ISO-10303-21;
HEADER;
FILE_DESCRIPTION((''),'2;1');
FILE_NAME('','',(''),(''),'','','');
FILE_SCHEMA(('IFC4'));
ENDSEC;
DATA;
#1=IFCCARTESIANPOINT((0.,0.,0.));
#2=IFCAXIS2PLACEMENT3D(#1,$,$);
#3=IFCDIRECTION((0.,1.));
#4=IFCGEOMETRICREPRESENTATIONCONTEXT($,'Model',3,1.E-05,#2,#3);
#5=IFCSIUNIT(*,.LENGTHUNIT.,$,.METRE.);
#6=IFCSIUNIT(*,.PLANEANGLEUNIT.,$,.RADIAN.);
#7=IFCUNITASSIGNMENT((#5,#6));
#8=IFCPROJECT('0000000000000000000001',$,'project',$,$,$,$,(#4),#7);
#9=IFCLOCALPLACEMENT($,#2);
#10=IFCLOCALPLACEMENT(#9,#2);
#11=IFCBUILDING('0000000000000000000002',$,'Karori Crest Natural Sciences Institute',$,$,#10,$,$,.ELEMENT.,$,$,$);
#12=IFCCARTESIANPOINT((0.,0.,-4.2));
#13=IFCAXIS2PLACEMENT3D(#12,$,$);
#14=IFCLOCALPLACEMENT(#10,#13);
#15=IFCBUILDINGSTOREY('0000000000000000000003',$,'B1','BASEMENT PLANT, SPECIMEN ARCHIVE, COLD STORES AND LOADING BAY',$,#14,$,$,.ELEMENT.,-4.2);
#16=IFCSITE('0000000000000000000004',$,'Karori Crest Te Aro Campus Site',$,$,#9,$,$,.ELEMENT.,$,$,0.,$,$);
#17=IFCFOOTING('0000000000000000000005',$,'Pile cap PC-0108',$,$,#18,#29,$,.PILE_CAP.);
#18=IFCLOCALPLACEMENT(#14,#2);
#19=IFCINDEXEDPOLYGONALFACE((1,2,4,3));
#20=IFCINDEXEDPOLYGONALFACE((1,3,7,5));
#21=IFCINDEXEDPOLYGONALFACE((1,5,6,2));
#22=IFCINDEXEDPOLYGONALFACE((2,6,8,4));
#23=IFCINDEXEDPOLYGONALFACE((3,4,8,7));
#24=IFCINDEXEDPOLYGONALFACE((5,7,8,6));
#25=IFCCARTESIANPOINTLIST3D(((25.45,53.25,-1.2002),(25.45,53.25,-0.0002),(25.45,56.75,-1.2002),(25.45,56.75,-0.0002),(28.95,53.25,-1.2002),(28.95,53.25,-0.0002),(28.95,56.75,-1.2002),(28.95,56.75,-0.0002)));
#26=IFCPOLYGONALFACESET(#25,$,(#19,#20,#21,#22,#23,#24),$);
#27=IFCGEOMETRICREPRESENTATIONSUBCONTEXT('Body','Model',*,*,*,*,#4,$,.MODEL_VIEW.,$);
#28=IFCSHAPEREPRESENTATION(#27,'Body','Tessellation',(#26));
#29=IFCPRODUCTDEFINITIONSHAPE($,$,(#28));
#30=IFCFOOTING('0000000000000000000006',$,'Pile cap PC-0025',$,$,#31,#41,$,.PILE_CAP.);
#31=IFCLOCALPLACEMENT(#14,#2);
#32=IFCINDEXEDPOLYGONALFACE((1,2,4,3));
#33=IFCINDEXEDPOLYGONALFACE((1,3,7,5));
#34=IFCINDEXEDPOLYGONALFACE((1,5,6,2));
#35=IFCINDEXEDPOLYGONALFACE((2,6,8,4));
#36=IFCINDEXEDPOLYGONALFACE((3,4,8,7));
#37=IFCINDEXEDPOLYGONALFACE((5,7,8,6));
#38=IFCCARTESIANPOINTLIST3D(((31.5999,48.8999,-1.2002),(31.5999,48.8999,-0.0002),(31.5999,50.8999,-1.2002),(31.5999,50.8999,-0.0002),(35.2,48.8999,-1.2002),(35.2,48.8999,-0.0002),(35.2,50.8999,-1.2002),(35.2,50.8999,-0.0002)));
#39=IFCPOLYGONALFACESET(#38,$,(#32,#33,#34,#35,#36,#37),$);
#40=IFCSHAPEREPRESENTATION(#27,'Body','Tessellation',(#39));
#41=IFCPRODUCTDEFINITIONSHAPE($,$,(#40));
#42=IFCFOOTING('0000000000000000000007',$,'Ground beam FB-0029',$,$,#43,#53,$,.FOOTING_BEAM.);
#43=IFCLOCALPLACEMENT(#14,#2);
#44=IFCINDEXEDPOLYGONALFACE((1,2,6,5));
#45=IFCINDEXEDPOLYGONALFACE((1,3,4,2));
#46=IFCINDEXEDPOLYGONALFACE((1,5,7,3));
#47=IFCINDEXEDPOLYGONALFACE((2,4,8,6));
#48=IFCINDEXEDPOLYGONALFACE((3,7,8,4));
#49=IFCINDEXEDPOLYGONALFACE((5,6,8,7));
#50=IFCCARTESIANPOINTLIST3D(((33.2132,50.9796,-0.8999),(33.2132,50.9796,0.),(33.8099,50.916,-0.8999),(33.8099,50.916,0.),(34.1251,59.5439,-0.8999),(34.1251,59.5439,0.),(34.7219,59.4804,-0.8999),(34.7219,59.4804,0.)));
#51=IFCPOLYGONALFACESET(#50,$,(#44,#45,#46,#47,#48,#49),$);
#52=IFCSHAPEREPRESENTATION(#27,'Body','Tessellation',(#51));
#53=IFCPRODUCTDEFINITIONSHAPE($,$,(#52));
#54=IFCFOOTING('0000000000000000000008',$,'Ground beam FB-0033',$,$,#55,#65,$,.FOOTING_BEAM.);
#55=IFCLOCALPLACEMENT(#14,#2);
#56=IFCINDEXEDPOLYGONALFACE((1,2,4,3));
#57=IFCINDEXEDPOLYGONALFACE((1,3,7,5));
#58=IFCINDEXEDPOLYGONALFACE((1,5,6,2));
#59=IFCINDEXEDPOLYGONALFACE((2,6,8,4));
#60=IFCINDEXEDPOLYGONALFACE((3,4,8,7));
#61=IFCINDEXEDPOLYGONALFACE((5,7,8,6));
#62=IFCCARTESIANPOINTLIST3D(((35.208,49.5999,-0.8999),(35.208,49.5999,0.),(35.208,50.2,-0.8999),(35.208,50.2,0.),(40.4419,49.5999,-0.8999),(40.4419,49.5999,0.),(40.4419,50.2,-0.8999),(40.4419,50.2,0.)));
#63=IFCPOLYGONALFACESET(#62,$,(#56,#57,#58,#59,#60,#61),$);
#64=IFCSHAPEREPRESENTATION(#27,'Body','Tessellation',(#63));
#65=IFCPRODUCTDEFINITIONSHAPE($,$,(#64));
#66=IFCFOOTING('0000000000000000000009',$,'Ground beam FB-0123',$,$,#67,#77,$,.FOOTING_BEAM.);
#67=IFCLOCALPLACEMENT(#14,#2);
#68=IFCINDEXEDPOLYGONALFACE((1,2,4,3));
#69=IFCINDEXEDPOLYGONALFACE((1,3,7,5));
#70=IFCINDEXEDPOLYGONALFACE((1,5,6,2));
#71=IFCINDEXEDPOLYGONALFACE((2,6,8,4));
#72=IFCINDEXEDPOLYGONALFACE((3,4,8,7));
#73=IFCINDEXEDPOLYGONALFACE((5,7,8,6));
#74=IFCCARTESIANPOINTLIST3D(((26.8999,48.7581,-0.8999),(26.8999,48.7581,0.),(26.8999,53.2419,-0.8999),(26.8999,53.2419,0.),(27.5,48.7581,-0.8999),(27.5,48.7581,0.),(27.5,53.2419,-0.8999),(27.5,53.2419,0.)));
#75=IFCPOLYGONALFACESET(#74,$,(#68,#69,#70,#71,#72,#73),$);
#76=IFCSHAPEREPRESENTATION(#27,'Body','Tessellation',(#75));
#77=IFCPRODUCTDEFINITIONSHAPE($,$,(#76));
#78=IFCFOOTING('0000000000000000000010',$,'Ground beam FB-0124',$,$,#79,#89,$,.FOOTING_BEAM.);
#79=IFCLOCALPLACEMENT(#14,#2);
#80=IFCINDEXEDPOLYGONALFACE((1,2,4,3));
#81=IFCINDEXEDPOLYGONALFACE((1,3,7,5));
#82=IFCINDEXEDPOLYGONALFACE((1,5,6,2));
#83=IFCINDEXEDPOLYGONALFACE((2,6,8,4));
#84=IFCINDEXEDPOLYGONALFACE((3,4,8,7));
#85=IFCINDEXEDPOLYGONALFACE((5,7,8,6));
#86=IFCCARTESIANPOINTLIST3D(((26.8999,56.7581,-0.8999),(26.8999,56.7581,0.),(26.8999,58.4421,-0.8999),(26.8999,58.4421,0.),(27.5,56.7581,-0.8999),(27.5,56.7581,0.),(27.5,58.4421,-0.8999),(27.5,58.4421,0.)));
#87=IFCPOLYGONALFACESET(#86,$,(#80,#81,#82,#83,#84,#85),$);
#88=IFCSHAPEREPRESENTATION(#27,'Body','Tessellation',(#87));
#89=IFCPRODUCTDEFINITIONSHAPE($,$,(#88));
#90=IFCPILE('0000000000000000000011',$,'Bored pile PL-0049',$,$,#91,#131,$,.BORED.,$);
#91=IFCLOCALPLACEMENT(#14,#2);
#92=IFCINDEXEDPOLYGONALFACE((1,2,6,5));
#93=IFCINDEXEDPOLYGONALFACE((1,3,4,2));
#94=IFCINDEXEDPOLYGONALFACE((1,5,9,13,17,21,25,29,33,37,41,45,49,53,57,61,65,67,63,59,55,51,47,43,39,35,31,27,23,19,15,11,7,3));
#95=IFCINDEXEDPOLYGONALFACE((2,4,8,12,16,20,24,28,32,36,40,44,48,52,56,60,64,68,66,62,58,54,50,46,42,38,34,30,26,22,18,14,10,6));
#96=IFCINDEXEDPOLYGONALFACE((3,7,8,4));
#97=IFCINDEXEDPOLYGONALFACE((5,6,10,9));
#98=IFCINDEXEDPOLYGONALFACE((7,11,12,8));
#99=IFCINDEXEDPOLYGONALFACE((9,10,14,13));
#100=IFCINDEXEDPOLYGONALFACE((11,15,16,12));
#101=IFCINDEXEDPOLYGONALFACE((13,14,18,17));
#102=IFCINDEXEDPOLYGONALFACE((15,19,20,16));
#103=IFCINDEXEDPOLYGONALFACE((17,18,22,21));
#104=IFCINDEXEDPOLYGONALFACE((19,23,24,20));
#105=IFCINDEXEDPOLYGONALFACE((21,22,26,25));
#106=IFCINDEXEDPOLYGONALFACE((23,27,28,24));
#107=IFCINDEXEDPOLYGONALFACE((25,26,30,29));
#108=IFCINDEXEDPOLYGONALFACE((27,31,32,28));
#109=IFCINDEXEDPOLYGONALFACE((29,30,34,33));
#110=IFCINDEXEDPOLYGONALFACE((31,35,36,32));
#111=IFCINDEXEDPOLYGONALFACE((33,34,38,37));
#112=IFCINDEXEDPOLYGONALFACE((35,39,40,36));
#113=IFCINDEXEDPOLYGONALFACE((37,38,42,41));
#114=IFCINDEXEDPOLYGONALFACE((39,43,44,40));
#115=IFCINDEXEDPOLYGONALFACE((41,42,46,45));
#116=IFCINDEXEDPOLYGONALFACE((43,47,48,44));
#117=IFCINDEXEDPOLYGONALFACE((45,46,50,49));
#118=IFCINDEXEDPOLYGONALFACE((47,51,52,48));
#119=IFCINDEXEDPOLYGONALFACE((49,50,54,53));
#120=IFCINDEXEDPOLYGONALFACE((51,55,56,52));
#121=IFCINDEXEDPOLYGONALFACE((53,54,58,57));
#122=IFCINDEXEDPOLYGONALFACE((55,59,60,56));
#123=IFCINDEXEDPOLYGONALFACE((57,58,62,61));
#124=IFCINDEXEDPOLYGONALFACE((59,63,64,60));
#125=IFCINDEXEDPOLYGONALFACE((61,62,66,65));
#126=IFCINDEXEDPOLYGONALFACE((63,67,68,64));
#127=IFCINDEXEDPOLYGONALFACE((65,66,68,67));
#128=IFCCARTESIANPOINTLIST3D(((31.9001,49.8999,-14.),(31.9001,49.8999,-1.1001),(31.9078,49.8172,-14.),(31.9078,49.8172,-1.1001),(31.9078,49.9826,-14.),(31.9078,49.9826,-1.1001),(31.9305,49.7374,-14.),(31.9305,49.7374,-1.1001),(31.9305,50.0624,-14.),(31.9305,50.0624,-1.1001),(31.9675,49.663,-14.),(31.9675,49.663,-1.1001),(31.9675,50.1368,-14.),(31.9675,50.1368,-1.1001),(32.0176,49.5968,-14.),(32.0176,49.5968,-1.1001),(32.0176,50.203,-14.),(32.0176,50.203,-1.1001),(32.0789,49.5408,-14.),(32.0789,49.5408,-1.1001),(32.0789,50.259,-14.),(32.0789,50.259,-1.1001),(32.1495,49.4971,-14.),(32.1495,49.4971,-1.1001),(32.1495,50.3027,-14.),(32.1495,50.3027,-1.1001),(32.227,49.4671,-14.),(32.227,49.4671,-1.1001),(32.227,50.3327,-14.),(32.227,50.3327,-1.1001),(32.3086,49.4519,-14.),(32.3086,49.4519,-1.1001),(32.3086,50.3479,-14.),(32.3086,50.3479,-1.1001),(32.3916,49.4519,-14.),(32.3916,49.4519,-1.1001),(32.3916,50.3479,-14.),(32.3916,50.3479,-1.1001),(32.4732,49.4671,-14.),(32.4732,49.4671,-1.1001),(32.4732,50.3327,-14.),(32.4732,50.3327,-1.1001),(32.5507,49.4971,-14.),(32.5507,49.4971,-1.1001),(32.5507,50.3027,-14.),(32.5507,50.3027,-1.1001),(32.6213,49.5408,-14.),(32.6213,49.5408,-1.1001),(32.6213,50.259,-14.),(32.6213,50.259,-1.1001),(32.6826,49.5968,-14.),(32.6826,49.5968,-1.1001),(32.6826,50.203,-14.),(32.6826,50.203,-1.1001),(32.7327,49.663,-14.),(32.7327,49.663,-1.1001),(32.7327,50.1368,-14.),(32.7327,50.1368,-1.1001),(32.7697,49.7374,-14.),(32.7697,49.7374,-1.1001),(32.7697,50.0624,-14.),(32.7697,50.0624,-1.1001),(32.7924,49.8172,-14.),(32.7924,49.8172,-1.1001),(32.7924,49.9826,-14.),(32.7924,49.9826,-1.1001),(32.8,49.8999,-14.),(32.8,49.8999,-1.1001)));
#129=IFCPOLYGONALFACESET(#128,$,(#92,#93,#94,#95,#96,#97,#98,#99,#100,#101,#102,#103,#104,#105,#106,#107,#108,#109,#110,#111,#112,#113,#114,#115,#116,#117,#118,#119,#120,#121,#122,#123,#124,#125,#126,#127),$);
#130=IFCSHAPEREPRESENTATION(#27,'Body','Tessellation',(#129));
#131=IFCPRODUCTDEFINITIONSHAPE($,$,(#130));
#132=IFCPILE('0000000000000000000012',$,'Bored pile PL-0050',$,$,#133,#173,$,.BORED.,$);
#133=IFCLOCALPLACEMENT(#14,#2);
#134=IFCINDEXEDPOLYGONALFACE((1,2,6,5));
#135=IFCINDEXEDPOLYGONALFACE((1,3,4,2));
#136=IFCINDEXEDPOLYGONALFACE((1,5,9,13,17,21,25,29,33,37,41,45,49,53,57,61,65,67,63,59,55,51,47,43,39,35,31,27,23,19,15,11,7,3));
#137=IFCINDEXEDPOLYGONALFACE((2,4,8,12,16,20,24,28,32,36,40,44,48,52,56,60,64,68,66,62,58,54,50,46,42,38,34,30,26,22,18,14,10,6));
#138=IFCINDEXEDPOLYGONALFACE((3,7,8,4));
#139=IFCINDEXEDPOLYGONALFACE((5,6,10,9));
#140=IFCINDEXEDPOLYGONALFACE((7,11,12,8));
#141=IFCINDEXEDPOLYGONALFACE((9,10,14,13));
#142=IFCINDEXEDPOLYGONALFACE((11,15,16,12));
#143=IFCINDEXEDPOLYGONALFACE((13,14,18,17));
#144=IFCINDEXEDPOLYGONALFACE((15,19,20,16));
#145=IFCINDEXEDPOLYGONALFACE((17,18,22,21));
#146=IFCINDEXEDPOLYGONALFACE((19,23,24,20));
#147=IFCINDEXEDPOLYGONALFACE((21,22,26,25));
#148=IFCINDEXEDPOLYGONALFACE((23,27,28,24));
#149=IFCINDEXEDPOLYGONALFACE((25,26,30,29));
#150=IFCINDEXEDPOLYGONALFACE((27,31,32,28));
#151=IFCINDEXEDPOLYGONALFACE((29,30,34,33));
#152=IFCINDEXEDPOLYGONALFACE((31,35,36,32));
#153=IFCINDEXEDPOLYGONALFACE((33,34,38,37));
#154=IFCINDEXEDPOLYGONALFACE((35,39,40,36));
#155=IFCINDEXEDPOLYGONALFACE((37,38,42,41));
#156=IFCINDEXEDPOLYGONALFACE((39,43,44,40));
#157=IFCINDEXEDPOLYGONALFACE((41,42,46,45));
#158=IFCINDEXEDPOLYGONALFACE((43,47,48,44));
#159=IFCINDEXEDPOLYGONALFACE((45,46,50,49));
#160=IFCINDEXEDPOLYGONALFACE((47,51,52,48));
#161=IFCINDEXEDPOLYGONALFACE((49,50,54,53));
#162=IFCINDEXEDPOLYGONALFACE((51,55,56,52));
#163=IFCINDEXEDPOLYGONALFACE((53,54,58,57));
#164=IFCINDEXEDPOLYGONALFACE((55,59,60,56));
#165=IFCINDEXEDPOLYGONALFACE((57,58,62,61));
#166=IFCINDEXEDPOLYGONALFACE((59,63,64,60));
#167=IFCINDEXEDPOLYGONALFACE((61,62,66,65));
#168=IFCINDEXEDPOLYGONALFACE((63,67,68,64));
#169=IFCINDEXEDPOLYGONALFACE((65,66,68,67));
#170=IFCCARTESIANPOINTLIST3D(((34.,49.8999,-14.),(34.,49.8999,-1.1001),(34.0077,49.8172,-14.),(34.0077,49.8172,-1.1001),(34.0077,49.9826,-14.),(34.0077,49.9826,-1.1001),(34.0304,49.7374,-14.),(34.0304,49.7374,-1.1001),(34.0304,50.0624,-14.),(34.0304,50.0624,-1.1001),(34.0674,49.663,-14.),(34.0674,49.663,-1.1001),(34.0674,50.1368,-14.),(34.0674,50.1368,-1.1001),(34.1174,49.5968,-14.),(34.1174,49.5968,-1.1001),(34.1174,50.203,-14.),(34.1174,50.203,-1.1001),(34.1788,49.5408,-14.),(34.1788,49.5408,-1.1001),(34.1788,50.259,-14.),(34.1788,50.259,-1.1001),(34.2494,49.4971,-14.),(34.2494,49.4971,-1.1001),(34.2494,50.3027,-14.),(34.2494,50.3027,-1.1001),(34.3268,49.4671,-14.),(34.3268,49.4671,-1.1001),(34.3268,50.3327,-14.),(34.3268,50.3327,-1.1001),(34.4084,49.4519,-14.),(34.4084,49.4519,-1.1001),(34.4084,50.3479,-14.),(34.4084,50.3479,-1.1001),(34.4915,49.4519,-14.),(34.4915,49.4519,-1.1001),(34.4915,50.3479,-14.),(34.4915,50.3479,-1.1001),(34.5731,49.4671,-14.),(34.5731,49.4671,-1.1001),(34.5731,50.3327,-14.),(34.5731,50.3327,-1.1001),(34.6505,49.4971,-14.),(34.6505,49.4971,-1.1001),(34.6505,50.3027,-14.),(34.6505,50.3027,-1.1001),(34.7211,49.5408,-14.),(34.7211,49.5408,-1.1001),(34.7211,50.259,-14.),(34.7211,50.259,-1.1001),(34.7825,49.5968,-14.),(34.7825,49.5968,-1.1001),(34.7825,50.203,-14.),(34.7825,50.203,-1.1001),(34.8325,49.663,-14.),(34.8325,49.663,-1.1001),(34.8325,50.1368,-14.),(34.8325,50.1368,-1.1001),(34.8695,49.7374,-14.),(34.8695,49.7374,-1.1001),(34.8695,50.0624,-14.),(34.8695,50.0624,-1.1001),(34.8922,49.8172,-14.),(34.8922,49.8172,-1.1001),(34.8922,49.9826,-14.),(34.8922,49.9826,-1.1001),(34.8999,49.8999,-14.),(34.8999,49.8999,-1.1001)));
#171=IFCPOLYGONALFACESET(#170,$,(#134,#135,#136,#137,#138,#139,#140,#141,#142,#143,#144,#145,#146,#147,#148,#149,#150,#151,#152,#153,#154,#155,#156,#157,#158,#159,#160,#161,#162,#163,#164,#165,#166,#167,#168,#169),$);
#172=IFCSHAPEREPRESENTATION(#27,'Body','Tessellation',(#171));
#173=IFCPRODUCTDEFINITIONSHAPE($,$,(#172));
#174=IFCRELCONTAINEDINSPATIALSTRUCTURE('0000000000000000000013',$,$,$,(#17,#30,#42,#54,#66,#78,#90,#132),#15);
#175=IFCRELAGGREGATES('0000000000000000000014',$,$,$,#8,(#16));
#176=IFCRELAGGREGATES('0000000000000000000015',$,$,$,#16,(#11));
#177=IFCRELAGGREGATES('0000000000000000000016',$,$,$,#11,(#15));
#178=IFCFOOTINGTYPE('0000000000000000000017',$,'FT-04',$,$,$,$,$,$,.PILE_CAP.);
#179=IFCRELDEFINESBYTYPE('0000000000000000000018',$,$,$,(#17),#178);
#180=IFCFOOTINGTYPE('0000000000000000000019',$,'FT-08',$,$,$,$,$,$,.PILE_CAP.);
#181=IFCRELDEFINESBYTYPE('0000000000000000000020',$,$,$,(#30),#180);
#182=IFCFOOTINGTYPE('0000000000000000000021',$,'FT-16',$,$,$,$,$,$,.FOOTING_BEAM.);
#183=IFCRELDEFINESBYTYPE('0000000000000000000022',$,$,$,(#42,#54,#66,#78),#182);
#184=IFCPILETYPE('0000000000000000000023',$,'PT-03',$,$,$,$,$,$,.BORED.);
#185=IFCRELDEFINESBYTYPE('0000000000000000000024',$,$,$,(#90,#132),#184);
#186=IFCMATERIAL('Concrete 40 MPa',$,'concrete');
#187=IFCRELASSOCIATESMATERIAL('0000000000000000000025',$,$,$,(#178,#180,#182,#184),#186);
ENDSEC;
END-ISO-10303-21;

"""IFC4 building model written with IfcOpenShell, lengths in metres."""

from ifc_helpers import new_model, si_unit, direction, frame, origin, origin_2d, place, context, subcontext, project, spatial, rectangle, circle, extrude, material, material_profile, profile_set, type_object, element, save


model = new_model("IFC4")

# Units and contexts
model_context = context("Model", 3, precision=1e-05, world=origin(), true_north=direction((0.0, 1.0)))
body_context = subcontext(model_context, "Body", "Model", "MODEL_VIEW")
ifc_project = project(units=[si_unit("LENGTHUNIT", "METRE"), si_unit("PLANEANGLEUNIT", "RADIAN")], contexts=[model_context])

# Site, building, storey
site_placement = place(None, origin())
site = spatial("IfcSite", under=ifc_project, at=site_placement, Name="Karori Crest Te Aro Campus Site", CompositionType="ELEMENT", RefElevation=0.0)
building_placement = place(site_placement, origin())
building = spatial("IfcBuilding", under=site, at=building_placement, Name="Karori Crest Natural Sciences Institute", CompositionType="ELEMENT")
storey_placement = place(building_placement, frame((0.0, 0.0, -4.2)))
storey = spatial("IfcBuildingStorey", under=building, at=storey_placement, Name="B1", Description="BASEMENT PLANT, SPECIMEN ARCHIVE, COLD STORES AND LOADING BAY", CompositionType="ELEMENT", Elevation=-4.2)

# Footings
ifc_material_1 = material(Name="Concrete 40 MPa", Category="concrete")
footing_type_1 = type_object("IfcFootingType", Name="FT-04", PredefinedType="PILE_CAP", material=ifc_material_1)
footing_1_placement = place(storey_placement, frame((27.2, 55.0, -1.2002), z_axis=(0.0, 0.0, 1.0), x_axis=(1.0, 0.0, 0.0)))
element("IfcFooting", 1, at=footing_1_placement, inside=storey, type_object=footing_type_1, Name="Pile cap PC-0108", PredefinedType="PILE_CAP", context=body_context, shape_type="SweptSolid", body=[
    extrude(rectangle(XDim=3.5, YDim=3.5, at=origin_2d()), origin(), (0.0, 0.0, 1.0), 1.2),
])
footing_type_2 = type_object("IfcFootingType", Name="FT-08", PredefinedType="PILE_CAP", material=ifc_material_1)
footing_2_placement = place(storey_placement, frame((33.3999, 49.8999, -1.2002), z_axis=(0.0, 0.0, 1.0), x_axis=(1.0, 0.0, 0.0)))
element("IfcFooting", 2, at=footing_2_placement, inside=storey, type_object=footing_type_2, Name="Pile cap PC-0025", PredefinedType="PILE_CAP", context=body_context, shape_type="SweptSolid", body=[
    extrude(rectangle(XDim=3.6001, YDim=2.0, at=origin_2d()), origin(), (0.0, 0.0, 1.0), 1.2),
])
footing_type_3 = type_object("IfcFootingType", Name="FT-16", PredefinedType="FOOTING_BEAM", material=ifc_material_1)
footing_3_placement = place(storey_placement, frame((33.9675, 55.23, -0.8999), z_axis=(0.0, 0.0, 1.0), x_axis=(0.105881, 0.994379, 0.0)))
element("IfcFooting", 3, at=footing_3_placement, inside=storey, type_object=footing_type_3, Name="Ground beam FB-0029", PredefinedType="FOOTING_BEAM", context=body_context, shape_type="SweptSolid", body=[
    extrude(rectangle(XDim=8.6128, YDim=0.6001, at=origin_2d()), origin(), (0.0, 0.0, 1.0), 0.8999),
])
footing_4_placement = place(storey_placement, frame((37.825, 49.8999, -0.8999), z_axis=(0.0, 0.0, 1.0), x_axis=(1.0, 0.0, 0.0)))
element("IfcFooting", 4, at=footing_4_placement, inside=storey, type_object=footing_type_3, Name="Ground beam FB-0033", PredefinedType="FOOTING_BEAM", context=body_context, shape_type="SweptSolid", body=[
    extrude(rectangle(XDim=5.2339, YDim=0.6001, at=origin_2d()), origin(), (0.0, 0.0, 1.0), 0.8999),
])
footing_5_placement = place(storey_placement, frame((27.2, 51.0, -0.8999), z_axis=(0.0, 0.0, 1.0), x_axis=(0.0, 1.0, 0.0)))
element("IfcFooting", 5, at=footing_5_placement, inside=storey, type_object=footing_type_3, Name="Ground beam FB-0123", PredefinedType="FOOTING_BEAM", context=body_context, shape_type="SweptSolid", body=[
    extrude(rectangle(XDim=4.4839, YDim=0.6001, at=origin_2d()), origin(), (0.0, 0.0, 1.0), 0.8999),
])
footing_6_placement = place(storey_placement, frame((27.2, 57.6001, -0.8999), z_axis=(0.0, 0.0, 1.0), x_axis=(0.0, 1.0, 0.0)))
element("IfcFooting", 6, at=footing_6_placement, inside=storey, type_object=footing_type_3, Name="Ground beam FB-0124", PredefinedType="FOOTING_BEAM", context=body_context, shape_type="SweptSolid", body=[
    extrude(rectangle(XDim=1.6841, YDim=0.6001, at=origin_2d()), origin(), (0.0, 0.0, 1.0), 0.8999),
])

# Piles
ifc_material_profile_1 = material_profile(ifc_material_1, circle(Radius=0.45, at=origin_2d()), Name="PILE900")
ifc_profile_set_1 = profile_set([ifc_material_profile_1], Name="Concrete 40 MPa")
pile_type = type_object("IfcPileType", Name="PT-03", PredefinedType="BORED", material=ifc_profile_set_1)
for number, where, z_axis, x_axis, name in (
    (7, (32.3501, 49.8999, -1.1001), (0.0, 0.0, -1.0), (1.0, 0.0, 0.0), "Bored pile PL-0049"),
    (8, (34.45, 49.8999, -1.1001), (0.0, 0.0, -1.0), (1.0, 0.0, 0.0), "Bored pile PL-0050"),
):
    element("IfcPile", number, at=place(storey_placement, frame(where, z_axis=z_axis, x_axis=x_axis)), inside=storey, type_object=pile_type, Name=name, PredefinedType="BORED", context=body_context, shape_type="SweptSolid", body=[
        extrude(circle(Radius=0.45, at=origin_2d()), origin(), (0.0, 0.0, 1.0), 12.8999),
    ])

save(model, "model.ifc")
